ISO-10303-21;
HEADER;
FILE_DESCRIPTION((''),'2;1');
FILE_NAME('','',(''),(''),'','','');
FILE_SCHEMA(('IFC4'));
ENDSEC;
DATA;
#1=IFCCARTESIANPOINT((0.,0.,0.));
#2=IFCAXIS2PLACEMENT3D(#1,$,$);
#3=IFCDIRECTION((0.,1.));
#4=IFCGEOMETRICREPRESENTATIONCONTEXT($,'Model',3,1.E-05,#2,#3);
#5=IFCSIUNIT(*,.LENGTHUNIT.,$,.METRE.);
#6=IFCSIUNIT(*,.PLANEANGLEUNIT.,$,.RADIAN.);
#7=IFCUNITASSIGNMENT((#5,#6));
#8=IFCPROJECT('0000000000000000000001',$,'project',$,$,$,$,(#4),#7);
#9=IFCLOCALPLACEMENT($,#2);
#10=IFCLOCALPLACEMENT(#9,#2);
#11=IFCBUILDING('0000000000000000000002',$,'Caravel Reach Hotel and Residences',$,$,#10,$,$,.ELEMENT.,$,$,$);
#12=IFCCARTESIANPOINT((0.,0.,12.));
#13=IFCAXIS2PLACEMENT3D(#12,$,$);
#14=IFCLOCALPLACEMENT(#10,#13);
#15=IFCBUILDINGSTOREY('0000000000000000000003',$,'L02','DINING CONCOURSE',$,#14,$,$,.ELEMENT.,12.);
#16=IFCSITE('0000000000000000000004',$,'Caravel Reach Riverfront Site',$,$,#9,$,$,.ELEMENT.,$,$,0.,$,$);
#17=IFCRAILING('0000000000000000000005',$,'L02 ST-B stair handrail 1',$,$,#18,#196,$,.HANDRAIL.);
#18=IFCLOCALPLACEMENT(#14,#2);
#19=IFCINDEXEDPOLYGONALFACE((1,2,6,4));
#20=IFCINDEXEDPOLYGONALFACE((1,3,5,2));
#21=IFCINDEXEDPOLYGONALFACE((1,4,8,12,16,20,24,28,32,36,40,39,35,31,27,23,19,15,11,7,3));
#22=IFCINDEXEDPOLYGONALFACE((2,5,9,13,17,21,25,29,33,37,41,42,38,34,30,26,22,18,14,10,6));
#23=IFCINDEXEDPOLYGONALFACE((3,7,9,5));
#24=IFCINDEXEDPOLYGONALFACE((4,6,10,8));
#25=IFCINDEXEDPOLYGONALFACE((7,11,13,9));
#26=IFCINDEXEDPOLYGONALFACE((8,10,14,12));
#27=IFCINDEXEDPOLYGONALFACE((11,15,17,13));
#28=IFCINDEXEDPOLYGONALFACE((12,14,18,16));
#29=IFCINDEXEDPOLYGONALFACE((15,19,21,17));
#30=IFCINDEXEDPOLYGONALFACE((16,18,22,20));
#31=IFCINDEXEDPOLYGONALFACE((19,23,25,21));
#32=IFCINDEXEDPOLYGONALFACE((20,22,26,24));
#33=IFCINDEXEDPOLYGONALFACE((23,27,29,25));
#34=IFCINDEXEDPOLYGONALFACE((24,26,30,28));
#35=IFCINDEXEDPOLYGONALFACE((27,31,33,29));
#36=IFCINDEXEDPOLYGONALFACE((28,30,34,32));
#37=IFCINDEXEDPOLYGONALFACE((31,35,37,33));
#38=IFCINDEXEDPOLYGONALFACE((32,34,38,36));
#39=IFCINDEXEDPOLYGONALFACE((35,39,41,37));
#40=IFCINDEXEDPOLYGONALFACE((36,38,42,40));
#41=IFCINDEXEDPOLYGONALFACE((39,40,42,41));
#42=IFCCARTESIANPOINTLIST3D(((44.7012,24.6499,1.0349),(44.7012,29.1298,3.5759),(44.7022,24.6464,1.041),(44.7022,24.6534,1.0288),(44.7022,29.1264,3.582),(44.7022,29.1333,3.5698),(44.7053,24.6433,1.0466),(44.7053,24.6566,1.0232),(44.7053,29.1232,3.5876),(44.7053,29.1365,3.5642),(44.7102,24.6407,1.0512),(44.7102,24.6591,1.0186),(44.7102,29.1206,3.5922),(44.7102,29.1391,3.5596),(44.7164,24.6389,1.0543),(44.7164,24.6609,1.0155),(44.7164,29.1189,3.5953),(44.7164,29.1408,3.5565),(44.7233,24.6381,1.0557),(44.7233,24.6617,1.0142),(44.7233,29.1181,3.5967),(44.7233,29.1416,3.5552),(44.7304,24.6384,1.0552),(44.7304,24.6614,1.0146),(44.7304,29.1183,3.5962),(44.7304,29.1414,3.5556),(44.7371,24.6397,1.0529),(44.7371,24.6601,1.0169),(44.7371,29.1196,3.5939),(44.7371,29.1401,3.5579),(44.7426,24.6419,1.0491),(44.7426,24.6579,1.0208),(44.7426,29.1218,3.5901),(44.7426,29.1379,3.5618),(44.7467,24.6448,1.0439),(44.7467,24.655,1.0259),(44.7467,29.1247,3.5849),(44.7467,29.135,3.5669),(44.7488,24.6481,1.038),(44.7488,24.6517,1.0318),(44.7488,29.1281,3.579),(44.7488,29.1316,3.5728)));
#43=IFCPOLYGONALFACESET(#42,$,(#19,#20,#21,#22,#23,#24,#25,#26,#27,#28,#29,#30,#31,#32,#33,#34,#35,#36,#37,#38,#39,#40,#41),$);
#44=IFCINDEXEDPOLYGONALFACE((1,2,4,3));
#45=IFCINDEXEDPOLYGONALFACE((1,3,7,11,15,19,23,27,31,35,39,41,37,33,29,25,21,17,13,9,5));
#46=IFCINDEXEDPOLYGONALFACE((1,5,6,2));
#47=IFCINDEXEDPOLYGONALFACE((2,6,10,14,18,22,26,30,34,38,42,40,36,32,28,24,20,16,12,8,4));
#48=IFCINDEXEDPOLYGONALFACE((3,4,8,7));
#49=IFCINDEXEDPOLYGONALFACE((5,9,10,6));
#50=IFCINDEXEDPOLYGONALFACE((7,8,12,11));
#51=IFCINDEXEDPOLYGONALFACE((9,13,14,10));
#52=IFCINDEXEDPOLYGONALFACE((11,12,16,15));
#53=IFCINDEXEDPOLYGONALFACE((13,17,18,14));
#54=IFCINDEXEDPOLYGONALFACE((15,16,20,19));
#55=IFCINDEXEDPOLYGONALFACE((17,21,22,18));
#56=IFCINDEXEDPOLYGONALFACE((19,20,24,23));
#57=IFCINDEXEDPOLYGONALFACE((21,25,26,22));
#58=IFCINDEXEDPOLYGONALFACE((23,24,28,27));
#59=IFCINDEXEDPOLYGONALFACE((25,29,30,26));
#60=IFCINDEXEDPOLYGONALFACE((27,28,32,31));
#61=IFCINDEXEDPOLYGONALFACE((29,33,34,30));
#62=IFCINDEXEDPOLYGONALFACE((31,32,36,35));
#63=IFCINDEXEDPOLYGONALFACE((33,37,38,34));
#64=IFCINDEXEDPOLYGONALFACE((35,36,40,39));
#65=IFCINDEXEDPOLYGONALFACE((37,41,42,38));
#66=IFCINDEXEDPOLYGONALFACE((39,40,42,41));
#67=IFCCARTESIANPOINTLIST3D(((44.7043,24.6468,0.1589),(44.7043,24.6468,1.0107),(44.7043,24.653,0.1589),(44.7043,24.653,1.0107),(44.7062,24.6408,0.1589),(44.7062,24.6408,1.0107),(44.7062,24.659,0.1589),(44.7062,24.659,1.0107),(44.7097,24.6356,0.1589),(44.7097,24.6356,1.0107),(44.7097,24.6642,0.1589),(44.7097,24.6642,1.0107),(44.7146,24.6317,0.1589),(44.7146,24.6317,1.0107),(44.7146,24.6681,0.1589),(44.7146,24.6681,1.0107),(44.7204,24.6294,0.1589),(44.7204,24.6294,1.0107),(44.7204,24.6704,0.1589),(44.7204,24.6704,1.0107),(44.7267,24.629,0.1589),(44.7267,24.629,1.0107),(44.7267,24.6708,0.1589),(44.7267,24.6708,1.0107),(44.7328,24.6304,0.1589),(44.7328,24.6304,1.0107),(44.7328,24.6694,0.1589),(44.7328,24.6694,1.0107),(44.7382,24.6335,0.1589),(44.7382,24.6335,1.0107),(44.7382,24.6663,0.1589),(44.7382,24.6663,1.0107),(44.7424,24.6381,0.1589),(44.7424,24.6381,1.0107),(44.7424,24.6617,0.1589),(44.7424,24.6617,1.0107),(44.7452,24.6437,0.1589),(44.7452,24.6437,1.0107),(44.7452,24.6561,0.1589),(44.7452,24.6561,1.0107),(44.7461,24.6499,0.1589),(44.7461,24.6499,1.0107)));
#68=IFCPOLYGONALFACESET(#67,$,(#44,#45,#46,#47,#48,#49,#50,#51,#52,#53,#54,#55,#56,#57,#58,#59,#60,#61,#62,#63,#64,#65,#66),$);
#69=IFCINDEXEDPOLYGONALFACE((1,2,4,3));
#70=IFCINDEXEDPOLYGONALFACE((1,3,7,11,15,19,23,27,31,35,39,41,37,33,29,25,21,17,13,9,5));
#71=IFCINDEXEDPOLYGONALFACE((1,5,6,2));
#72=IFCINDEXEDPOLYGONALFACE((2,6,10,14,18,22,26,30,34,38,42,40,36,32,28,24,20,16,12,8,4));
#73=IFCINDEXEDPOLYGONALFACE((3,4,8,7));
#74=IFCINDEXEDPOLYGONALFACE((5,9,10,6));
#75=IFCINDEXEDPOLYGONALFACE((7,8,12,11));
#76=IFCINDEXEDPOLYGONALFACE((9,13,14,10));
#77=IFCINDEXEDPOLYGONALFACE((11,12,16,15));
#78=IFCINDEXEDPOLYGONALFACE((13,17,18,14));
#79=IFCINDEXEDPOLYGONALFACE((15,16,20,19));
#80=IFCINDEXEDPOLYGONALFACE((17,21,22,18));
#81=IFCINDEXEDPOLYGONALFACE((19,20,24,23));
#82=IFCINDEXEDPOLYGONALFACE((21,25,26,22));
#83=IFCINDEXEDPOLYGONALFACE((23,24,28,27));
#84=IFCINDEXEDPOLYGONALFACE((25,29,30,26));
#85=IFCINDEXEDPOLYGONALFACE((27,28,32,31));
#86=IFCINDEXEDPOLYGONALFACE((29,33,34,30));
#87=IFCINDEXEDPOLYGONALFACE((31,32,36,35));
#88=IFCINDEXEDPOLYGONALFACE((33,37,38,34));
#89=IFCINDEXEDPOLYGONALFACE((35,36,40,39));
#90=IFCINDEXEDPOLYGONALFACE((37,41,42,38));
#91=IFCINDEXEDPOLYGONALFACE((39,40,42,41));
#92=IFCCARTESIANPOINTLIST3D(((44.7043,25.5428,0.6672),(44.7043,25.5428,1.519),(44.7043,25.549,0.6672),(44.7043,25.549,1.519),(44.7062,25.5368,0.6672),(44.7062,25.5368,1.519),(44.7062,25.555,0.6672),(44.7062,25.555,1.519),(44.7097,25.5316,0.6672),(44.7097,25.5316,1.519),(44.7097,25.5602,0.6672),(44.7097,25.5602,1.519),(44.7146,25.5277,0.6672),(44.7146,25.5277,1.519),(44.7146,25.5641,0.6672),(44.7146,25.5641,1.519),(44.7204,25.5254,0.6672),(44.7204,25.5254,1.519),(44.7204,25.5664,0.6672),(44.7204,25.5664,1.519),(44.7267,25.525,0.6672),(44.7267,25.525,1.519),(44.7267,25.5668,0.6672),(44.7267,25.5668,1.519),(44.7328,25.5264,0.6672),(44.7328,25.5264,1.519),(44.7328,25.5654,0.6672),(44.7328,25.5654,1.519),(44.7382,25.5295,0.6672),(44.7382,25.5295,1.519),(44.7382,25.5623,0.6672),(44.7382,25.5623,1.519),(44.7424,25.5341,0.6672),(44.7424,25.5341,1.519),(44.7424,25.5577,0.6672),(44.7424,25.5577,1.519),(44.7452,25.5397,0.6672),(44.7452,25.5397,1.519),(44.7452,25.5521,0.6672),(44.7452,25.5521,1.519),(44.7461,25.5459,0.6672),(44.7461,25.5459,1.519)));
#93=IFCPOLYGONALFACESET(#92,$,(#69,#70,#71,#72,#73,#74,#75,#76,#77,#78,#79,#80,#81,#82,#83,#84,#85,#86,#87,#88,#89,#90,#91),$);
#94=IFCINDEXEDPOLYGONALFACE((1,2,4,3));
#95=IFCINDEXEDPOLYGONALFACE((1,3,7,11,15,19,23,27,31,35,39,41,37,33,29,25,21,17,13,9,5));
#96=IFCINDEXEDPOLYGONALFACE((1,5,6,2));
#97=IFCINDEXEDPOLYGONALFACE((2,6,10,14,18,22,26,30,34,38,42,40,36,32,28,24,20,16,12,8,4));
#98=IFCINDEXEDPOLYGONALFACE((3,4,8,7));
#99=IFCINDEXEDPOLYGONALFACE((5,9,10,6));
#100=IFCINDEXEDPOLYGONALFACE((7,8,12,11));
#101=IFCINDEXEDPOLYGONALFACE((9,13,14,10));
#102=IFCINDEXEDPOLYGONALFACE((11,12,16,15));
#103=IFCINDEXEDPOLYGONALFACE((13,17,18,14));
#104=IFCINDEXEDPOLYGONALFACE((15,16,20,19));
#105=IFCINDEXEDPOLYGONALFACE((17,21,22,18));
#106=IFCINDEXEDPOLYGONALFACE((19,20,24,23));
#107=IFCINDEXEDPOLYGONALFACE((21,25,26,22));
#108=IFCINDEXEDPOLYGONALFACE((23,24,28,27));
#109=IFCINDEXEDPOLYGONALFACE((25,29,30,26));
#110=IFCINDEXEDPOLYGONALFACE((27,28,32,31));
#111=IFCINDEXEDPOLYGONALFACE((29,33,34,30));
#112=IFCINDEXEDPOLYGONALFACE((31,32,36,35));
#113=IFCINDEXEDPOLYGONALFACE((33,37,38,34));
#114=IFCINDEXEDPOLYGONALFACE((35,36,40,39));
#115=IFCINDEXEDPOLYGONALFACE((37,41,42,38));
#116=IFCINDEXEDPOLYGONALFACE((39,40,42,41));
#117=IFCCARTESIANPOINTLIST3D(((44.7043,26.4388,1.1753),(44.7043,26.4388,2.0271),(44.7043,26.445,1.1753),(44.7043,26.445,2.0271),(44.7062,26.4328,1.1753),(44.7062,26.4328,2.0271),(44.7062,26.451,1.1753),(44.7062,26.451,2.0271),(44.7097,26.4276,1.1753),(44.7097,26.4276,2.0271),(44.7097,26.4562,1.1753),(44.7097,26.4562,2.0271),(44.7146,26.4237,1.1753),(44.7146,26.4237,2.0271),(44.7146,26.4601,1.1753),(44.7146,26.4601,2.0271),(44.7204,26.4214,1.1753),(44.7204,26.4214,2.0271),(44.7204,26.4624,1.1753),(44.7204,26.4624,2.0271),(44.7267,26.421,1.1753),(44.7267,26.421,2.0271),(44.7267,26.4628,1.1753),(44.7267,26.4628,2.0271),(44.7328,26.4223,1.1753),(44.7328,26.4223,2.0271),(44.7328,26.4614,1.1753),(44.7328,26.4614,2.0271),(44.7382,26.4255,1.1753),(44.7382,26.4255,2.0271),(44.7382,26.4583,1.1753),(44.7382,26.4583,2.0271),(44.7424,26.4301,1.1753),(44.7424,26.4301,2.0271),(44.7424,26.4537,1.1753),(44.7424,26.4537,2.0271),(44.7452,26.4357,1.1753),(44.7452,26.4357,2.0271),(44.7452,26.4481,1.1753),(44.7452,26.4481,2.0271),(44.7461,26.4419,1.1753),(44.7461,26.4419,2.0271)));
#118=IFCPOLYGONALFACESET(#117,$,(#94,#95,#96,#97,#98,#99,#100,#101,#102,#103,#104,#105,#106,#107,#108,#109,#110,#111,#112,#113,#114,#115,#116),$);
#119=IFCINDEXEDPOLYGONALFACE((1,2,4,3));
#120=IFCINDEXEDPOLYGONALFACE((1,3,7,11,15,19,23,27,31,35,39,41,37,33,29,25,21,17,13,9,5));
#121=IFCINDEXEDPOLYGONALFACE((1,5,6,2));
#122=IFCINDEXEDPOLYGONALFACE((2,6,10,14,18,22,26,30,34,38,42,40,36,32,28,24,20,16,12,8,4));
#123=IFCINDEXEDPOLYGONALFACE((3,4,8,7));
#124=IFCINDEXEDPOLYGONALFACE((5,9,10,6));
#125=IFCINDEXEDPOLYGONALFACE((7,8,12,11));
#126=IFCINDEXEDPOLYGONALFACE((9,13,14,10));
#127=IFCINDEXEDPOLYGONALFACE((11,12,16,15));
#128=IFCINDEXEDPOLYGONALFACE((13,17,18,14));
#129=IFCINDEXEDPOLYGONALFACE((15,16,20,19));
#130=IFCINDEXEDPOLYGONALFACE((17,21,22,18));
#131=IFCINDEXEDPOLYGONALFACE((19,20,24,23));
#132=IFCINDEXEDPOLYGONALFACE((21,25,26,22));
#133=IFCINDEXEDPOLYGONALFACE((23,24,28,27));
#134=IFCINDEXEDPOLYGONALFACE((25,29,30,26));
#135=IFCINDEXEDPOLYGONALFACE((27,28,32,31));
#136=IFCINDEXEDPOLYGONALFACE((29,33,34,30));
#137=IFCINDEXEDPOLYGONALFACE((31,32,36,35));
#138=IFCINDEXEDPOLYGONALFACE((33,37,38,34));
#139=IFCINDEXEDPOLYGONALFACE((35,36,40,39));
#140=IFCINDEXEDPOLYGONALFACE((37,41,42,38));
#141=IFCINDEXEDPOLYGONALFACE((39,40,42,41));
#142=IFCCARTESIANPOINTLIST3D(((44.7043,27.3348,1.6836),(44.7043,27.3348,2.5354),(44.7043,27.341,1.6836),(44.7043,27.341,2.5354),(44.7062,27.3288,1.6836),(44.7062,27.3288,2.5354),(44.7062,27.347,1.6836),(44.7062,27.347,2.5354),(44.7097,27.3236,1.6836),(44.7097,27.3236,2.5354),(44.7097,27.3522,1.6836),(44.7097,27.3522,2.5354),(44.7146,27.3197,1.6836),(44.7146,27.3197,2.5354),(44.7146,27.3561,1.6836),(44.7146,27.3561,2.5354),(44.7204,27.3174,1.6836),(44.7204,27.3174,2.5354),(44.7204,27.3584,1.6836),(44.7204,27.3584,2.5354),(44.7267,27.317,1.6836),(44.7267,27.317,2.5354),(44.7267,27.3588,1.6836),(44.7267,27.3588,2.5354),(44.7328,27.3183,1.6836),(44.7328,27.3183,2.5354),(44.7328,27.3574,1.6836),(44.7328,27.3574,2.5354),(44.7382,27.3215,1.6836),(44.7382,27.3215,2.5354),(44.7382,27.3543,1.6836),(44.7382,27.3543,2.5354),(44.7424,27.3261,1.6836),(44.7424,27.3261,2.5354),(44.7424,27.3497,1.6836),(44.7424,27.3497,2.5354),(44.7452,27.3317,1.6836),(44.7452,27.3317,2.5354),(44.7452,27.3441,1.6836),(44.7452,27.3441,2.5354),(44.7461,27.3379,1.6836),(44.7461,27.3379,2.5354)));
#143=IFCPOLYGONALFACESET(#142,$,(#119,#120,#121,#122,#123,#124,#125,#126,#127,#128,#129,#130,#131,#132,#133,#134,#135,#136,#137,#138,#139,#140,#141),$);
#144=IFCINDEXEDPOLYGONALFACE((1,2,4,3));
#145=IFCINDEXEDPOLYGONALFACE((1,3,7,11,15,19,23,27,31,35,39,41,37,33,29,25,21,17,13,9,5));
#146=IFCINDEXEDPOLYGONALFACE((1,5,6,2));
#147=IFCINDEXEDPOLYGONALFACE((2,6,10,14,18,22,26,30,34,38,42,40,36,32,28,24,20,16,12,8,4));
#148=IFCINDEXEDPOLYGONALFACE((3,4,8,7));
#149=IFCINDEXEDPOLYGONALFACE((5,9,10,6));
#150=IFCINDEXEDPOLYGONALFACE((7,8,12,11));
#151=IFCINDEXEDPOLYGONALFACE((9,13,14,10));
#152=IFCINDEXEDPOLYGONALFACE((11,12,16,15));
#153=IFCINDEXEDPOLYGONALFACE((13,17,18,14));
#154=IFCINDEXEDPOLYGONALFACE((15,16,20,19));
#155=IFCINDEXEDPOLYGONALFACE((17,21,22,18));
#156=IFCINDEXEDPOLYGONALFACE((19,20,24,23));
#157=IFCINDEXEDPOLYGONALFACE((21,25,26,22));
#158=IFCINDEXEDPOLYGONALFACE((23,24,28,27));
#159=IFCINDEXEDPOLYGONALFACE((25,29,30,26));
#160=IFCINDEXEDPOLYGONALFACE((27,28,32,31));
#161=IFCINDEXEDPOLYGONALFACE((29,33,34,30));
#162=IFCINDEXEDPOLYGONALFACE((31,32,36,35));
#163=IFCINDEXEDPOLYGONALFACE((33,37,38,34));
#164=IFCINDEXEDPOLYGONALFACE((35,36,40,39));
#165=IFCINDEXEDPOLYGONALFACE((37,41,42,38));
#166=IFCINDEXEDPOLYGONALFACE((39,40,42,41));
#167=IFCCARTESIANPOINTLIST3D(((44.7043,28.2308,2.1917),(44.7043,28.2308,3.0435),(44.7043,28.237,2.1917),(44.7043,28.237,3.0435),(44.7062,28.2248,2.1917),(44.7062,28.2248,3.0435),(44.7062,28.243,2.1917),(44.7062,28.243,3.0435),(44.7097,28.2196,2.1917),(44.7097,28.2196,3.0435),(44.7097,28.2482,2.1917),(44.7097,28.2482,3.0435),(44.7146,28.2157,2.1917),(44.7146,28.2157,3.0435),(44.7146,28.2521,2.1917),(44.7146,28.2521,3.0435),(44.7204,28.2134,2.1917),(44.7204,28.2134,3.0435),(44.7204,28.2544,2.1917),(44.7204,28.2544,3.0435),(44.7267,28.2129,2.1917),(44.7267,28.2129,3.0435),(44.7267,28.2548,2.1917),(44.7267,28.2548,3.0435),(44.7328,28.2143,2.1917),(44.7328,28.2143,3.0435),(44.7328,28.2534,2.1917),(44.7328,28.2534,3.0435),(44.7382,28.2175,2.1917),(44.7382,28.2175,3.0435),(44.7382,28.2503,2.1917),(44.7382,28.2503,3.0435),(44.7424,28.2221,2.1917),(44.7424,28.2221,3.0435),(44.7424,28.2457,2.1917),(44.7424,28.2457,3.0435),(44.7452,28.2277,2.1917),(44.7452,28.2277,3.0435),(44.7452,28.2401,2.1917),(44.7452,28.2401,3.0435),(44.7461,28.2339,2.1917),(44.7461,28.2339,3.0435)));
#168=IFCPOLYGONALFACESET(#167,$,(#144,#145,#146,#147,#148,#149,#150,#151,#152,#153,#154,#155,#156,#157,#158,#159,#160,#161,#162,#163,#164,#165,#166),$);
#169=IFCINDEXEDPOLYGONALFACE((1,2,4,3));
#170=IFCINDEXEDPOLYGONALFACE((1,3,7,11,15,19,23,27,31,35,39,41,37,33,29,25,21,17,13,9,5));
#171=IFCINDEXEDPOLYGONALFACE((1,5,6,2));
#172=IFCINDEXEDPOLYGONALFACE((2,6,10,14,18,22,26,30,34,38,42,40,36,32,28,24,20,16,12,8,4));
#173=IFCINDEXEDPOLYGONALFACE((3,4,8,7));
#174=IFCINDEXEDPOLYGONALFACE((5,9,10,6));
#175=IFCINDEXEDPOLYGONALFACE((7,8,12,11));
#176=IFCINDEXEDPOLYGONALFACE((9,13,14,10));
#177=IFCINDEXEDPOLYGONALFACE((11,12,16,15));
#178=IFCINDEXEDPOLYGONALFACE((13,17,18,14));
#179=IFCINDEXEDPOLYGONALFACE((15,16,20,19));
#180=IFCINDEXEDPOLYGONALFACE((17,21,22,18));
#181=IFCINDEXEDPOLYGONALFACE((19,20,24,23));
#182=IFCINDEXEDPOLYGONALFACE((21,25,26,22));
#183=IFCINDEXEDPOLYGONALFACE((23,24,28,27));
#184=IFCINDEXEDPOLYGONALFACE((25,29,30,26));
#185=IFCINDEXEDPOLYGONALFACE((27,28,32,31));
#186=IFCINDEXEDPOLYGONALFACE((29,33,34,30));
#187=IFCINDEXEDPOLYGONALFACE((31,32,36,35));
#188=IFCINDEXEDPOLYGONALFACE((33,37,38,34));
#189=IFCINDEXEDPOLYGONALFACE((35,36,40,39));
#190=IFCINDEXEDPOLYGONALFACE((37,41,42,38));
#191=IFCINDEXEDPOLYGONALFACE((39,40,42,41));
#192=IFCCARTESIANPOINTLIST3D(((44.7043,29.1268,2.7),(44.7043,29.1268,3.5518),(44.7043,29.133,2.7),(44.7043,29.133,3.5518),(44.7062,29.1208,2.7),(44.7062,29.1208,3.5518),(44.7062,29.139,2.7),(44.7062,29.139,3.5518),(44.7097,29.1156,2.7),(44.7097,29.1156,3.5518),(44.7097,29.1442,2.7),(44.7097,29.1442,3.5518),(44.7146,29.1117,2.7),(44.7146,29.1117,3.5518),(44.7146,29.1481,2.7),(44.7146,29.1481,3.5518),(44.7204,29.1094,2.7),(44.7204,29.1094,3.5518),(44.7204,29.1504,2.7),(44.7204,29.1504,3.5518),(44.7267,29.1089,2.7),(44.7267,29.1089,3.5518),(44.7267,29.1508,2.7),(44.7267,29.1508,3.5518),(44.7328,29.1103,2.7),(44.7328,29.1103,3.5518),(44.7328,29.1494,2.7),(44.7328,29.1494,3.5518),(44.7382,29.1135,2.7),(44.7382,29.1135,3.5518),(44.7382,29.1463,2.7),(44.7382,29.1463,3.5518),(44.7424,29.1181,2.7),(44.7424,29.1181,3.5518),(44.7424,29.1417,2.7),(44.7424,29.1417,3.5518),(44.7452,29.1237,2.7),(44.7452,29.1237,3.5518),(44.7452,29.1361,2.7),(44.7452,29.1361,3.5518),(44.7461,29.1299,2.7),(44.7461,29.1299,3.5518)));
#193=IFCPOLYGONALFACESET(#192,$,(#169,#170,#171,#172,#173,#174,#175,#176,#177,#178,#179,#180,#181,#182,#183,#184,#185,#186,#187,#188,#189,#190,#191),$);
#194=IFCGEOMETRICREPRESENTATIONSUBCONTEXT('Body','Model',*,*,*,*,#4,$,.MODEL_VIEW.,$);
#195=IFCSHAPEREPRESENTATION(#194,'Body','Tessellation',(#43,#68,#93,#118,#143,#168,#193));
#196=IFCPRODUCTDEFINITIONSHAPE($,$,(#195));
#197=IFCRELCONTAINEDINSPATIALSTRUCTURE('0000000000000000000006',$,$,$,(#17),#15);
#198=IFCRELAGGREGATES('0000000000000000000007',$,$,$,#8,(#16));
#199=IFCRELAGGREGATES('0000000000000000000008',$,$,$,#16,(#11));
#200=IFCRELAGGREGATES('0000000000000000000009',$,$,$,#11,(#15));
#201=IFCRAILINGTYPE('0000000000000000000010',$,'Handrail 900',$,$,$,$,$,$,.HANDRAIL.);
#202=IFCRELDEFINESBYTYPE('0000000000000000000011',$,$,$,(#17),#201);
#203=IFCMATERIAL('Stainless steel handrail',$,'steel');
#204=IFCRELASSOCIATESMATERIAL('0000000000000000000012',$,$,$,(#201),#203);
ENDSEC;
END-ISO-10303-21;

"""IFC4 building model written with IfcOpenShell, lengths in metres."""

from ifc_helpers import new_model, si_unit, direction, frame, origin, origin_2d, place, context, subcontext, project, spatial, circle, extrude, material, type_object, element, save


model = new_model("IFC4")

# Units and contexts
model_context = context("Model", 3, precision=1e-05, world=origin(), true_north=direction((0.0, 1.0)))
body_context = subcontext(model_context, "Body", "Model", "MODEL_VIEW")
ifc_project = project(units=[si_unit("LENGTHUNIT", "METRE"), si_unit("PLANEANGLEUNIT", "RADIAN")], contexts=[model_context])

# Site, building, storey
site_placement = place(None, origin())
site = spatial("IfcSite", under=ifc_project, at=site_placement, Name="Caravel Reach Riverfront Site", CompositionType="ELEMENT", RefElevation=0.0)
building_placement = place(site_placement, origin())
building = spatial("IfcBuilding", under=site, at=building_placement, Name="Caravel Reach Hotel and Residences", CompositionType="ELEMENT")
storey_placement = place(building_placement, frame((0.0, 0.0, 12.0)))
storey = spatial("IfcBuildingStorey", under=building, at=storey_placement, Name="L02", Description="DINING CONCOURSE", CompositionType="ELEMENT", Elevation=12.0)

# Railing
ifc_material_1 = material(Name="Stainless steel handrail", Category="steel")
railing_type_1 = type_object("IfcRailingType", Name="Handrail 900", PredefinedType="HANDRAIL", material=ifc_material_1)
railing_1_placement = place(storey_placement, frame((44.7251, 24.6499, 0.1589)))
element("IfcRailing", 1, at=railing_1_placement, inside=storey, type_object=railing_type_1, Name="L02 ST-B stair handrail 1", PredefinedType="HANDRAIL", context=body_context, shape_type="SweptSolid", body=[
    extrude(circle(Radius=0.0239, at=origin_2d()), frame((0.0, 0.0, 0.876), z_axis=(0.0, 0.869826, 0.493359), x_axis=(-1.0, 0.0, 0.0)), (0.0, 0.0, 1.0), 5.1504),
    extrude(circle(Radius=0.021, at=origin_2d()), origin(), (0.0, 0.0, 1.0), 0.8518),
    extrude(circle(Radius=0.021, at=origin_2d()), frame((0.0, 0.896, 0.5083)), (0.0, 0.0, 1.0), 0.8518),
    extrude(circle(Radius=0.021, at=origin_2d()), frame((0.0, 1.792, 1.0164)), (0.0, 0.0, 1.0), 0.8518),
    extrude(circle(Radius=0.021, at=origin_2d()), frame((0.0, 2.688, 1.5247)), (0.0, 0.0, 1.0), 0.8518),
    extrude(circle(Radius=0.021, at=origin_2d()), frame((0.0, 3.584, 2.0327)), (0.0, 0.0, 1.0), 0.8518),
    extrude(circle(Radius=0.021, at=origin_2d()), frame((0.0, 4.48, 2.541)), (0.0, 0.0, 1.0), 0.8518),
])

save(model, "model.ifc")
